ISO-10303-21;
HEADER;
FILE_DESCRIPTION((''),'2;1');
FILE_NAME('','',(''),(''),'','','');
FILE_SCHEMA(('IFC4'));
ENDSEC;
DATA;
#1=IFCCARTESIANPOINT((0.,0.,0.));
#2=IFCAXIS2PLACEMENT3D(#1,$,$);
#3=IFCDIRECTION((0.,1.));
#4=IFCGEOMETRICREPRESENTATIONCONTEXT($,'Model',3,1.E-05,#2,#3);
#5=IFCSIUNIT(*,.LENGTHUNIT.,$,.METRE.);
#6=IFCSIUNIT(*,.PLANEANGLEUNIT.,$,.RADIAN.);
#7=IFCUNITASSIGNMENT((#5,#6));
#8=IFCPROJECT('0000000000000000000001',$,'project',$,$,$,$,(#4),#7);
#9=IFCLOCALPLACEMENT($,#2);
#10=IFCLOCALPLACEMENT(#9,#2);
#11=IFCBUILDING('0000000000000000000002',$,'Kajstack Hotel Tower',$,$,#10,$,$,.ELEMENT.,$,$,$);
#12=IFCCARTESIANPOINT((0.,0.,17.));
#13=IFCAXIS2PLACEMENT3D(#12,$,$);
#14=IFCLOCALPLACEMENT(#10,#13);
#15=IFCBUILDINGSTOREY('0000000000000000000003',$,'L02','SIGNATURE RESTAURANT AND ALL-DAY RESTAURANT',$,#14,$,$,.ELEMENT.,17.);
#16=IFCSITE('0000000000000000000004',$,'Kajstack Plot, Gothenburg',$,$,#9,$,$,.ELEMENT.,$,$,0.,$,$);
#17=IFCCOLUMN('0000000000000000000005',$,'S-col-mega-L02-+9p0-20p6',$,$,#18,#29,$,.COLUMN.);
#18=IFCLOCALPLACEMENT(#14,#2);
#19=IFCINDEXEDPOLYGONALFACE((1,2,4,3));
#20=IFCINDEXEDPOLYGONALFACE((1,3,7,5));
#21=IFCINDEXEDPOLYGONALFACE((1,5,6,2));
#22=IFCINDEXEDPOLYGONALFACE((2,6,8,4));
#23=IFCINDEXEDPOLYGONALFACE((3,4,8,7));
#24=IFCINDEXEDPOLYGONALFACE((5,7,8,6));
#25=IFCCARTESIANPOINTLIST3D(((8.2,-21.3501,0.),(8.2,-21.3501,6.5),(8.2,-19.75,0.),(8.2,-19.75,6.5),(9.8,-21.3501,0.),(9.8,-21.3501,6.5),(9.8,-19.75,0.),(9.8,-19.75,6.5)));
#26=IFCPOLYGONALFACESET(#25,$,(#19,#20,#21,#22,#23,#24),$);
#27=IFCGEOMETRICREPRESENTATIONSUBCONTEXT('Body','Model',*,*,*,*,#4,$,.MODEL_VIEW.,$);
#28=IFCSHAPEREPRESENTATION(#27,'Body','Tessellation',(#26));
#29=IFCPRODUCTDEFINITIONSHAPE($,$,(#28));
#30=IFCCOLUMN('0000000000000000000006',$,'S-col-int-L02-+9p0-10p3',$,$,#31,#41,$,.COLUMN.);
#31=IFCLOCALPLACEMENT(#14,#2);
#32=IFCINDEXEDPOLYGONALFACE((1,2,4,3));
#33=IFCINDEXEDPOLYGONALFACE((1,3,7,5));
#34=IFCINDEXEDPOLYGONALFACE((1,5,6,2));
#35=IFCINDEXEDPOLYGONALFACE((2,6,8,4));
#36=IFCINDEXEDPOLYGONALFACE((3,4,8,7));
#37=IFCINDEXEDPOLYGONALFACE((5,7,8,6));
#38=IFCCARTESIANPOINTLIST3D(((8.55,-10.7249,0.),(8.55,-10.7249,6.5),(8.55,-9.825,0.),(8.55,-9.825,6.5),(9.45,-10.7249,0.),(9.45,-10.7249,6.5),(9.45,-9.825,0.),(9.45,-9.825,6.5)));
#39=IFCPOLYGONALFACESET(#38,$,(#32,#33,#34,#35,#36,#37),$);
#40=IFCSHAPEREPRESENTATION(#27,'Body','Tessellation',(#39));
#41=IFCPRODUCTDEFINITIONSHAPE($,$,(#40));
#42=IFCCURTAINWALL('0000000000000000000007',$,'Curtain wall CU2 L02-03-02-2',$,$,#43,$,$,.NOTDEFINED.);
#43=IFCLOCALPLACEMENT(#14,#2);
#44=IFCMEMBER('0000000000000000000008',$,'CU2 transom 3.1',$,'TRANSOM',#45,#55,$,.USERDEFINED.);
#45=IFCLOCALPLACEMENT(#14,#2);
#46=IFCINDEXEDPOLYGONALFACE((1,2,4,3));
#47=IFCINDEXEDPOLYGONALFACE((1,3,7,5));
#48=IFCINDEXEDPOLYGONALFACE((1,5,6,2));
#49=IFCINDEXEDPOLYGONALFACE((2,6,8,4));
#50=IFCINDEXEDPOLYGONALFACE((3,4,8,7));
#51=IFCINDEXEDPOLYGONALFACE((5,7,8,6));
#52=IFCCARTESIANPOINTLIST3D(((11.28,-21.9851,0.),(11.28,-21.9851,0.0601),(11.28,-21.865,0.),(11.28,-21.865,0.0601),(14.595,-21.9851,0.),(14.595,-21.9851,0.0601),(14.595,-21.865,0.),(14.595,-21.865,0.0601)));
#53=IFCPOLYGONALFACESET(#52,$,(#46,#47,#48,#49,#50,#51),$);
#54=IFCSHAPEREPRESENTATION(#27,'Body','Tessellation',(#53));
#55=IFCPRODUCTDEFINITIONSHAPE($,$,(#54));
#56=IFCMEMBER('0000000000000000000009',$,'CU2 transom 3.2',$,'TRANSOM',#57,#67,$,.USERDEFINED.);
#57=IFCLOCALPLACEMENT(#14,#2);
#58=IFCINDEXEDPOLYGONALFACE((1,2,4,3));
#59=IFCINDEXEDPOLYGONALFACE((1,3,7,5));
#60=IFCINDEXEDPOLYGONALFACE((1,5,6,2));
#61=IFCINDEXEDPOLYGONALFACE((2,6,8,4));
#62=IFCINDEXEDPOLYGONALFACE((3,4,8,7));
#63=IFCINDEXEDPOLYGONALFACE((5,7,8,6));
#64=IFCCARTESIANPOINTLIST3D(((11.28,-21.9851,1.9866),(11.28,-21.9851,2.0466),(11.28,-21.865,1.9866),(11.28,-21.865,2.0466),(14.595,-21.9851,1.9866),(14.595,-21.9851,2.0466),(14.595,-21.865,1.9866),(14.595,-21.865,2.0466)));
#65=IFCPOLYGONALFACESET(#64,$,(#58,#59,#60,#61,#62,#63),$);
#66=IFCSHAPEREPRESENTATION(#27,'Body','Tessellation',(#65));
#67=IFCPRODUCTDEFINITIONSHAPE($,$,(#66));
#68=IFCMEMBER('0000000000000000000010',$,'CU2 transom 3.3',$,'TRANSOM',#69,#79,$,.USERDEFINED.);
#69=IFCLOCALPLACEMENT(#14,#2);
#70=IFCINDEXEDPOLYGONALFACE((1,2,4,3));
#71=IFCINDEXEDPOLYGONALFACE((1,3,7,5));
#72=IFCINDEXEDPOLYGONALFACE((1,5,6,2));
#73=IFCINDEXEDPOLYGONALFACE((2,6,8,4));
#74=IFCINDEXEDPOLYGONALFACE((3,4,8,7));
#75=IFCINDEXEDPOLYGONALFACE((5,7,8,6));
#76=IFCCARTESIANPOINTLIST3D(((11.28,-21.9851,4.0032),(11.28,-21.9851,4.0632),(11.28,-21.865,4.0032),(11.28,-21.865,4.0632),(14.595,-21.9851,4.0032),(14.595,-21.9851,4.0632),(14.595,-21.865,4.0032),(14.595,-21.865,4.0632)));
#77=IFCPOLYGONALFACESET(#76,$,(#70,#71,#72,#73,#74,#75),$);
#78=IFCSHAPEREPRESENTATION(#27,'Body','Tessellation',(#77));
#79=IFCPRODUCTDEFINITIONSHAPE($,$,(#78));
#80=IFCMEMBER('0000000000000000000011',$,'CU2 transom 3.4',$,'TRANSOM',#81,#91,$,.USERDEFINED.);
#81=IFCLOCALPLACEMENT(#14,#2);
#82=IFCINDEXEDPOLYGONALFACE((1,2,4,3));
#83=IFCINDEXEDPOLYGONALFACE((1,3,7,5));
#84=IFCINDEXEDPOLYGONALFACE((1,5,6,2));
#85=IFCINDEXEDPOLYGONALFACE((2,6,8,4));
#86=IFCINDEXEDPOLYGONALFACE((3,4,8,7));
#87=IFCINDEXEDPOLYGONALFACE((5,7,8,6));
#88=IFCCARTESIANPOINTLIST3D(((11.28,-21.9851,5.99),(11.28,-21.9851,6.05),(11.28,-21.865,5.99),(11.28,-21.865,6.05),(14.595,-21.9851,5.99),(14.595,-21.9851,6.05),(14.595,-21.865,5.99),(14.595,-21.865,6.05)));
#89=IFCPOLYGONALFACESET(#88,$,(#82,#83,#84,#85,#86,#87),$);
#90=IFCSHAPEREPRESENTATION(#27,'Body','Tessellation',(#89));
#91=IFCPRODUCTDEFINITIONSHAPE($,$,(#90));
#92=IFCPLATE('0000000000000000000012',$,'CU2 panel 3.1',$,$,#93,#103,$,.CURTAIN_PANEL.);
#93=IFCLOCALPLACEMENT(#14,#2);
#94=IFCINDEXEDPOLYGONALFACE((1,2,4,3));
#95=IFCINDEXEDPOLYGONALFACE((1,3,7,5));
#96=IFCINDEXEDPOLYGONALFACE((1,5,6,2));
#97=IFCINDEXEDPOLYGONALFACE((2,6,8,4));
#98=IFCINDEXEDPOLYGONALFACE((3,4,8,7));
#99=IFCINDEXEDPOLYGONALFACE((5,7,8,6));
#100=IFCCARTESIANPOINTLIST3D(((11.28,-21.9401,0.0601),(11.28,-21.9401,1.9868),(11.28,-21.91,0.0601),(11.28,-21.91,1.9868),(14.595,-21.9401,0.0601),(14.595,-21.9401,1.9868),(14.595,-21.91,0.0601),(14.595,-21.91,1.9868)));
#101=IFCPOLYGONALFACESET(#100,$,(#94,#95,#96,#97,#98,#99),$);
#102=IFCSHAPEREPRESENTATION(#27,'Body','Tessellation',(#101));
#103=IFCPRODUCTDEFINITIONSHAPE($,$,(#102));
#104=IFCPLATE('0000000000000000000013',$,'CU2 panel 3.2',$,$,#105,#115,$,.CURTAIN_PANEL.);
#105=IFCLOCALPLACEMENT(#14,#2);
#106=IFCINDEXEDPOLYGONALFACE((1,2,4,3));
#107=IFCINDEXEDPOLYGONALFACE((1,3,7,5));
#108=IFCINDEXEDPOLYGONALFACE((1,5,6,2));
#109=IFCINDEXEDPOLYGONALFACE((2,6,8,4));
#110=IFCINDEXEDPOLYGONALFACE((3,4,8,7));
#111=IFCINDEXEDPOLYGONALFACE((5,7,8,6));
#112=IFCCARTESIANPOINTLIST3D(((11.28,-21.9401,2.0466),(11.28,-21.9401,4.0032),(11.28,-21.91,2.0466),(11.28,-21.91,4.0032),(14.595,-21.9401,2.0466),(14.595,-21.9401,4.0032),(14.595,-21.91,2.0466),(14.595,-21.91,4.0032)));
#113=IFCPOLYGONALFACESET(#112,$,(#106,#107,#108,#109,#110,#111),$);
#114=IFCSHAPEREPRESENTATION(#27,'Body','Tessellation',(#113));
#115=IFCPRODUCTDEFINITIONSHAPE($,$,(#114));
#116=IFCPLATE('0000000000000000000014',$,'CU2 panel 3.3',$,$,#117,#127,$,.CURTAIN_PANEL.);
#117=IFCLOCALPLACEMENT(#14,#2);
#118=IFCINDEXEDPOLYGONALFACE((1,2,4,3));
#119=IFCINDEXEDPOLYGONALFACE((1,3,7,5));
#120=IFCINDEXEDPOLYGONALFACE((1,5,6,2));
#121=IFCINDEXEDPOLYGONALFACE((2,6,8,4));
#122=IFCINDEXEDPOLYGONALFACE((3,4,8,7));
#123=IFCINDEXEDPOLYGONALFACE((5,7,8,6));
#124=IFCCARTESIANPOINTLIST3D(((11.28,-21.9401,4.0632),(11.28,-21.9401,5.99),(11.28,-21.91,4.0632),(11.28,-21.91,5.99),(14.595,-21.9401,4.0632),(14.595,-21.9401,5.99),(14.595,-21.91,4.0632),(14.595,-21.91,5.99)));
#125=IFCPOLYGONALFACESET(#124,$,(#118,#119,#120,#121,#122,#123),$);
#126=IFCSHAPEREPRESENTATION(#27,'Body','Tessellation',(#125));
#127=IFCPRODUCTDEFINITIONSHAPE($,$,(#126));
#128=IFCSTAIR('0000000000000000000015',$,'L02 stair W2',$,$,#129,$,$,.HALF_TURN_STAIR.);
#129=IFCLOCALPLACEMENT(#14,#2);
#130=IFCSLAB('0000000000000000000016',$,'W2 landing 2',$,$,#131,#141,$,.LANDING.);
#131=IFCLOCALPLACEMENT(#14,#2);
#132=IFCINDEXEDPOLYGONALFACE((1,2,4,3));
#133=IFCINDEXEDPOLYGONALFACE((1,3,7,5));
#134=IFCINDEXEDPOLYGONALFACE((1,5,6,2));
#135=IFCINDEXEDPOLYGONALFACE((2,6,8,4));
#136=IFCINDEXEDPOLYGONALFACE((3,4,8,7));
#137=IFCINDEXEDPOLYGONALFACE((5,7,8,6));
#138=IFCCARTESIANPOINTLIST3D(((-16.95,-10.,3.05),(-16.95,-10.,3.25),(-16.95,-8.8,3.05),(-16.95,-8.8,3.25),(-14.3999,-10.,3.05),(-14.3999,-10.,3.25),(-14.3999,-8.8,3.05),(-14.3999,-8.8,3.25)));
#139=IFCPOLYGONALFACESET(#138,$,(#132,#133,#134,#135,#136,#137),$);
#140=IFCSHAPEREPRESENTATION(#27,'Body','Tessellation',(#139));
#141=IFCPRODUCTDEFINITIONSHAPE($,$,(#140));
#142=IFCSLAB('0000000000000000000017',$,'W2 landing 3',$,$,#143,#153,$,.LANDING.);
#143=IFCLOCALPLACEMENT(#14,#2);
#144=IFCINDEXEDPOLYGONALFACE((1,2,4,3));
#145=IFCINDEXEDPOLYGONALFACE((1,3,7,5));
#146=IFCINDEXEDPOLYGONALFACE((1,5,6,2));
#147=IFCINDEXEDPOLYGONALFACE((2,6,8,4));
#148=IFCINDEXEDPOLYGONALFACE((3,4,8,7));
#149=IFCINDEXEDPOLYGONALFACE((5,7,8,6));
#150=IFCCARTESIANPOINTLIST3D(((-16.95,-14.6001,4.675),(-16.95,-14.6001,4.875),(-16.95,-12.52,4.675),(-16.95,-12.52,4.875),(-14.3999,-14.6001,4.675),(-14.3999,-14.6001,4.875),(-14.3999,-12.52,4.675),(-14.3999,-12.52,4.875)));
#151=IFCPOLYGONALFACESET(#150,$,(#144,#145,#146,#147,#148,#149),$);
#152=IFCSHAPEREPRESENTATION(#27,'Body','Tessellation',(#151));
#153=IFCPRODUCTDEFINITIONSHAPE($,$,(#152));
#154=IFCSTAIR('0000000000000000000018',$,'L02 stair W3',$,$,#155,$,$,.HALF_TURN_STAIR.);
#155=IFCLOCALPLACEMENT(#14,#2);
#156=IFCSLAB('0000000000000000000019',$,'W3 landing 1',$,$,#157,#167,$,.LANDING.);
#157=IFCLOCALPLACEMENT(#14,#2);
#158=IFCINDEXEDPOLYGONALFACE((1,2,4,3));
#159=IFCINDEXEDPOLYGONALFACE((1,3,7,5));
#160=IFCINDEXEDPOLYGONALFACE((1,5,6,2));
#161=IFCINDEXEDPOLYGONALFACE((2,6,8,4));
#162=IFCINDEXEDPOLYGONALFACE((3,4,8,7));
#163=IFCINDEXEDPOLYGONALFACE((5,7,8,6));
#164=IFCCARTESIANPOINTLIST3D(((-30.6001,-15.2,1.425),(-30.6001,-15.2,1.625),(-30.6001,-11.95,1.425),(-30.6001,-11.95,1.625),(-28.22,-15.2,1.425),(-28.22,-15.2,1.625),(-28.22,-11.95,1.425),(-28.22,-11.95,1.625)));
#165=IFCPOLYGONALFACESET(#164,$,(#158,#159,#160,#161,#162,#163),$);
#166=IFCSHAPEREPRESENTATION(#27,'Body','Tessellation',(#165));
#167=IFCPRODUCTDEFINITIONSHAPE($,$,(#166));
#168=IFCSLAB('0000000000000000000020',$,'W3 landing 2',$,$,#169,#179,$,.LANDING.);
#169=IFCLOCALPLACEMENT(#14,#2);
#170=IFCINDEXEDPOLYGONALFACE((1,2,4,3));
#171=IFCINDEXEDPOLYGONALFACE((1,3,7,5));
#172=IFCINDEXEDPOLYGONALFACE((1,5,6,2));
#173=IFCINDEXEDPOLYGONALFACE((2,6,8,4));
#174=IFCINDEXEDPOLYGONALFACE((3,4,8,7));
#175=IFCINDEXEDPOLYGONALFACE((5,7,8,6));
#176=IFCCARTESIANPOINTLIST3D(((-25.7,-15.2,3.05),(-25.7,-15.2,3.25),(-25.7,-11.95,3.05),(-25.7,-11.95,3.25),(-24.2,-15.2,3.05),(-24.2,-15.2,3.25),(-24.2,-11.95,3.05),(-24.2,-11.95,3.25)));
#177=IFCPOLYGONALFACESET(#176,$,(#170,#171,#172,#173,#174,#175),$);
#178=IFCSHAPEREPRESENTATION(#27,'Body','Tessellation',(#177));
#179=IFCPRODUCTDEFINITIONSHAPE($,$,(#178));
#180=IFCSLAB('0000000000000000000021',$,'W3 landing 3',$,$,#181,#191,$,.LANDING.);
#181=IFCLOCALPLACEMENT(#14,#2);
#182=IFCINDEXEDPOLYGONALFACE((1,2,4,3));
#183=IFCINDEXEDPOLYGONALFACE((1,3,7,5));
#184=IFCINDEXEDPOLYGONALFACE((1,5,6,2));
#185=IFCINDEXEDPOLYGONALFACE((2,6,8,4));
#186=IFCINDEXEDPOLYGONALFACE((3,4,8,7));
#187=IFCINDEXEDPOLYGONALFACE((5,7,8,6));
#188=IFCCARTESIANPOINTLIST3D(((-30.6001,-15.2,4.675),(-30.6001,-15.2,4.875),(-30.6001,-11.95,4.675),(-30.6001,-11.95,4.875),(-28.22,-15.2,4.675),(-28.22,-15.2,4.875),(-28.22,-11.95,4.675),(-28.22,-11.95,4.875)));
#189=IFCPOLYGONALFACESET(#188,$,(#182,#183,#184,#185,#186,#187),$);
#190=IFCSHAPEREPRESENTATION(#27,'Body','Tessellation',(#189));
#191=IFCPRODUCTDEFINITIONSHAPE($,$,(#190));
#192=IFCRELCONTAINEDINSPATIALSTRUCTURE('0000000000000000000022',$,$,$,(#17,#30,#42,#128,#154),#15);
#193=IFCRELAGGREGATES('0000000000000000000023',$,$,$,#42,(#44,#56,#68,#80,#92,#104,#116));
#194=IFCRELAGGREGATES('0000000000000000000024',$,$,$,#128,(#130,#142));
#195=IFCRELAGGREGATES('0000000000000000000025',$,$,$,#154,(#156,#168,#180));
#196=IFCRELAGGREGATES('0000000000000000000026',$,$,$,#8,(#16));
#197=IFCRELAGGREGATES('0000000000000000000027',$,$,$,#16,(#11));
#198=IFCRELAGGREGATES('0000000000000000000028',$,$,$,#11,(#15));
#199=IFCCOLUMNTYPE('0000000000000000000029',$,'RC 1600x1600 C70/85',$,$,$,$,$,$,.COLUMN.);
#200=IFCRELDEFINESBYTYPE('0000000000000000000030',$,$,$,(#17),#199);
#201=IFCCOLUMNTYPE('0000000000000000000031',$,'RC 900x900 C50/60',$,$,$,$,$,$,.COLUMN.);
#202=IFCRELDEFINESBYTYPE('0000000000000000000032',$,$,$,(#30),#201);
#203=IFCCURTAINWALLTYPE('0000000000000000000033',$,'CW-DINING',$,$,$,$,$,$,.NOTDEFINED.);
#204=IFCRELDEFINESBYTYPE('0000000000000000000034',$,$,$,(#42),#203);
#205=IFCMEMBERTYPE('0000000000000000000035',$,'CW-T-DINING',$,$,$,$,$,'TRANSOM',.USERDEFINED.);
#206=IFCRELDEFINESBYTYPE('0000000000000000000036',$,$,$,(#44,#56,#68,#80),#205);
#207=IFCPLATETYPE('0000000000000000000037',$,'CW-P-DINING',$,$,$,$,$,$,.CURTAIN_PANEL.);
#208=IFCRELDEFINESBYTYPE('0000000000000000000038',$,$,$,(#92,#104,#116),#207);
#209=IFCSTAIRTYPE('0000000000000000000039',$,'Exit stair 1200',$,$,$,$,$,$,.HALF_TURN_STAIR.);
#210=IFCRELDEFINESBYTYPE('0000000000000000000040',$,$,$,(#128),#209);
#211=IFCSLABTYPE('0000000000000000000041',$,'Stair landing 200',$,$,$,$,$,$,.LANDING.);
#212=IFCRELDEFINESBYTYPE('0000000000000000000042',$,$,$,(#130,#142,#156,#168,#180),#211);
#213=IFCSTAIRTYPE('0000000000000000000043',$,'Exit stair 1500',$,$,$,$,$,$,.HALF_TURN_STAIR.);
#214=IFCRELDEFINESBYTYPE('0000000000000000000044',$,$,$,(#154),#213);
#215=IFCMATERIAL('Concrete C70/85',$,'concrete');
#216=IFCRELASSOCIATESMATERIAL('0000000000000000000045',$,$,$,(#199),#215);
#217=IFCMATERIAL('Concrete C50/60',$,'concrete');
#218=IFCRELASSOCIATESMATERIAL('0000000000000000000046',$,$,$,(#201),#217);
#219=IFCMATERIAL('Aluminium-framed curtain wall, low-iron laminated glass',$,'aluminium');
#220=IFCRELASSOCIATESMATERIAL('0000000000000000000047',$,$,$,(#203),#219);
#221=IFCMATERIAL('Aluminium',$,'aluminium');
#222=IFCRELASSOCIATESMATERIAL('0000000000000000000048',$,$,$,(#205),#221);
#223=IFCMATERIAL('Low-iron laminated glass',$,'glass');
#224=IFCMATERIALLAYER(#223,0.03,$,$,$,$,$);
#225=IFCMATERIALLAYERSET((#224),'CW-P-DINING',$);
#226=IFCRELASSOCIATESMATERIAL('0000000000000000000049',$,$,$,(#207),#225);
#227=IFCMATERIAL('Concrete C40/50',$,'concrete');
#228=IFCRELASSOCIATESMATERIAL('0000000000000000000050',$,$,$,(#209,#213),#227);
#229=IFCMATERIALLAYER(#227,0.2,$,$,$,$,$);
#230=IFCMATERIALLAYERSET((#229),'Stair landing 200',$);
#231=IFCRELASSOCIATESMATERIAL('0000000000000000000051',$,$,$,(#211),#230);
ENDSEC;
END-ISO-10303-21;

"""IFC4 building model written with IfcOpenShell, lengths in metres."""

from ifc_helpers import new_model, si_unit, direction, frame, origin, origin_2d, place, context, subcontext, project, spatial, polyline, rectangle, outline, extrude, material, layer, layer_set, material_profile, profile_set, type_object, element, aggregate, save


model = new_model("IFC4")

# Units and contexts
model_context = context("Model", 3, precision=1e-05, world=origin(), true_north=direction((0.0, 1.0)))
body_context = subcontext(model_context, "Body", "Model", "MODEL_VIEW")
ifc_project = project(units=[si_unit("LENGTHUNIT", "METRE"), si_unit("PLANEANGLEUNIT", "RADIAN")], contexts=[model_context])

# Site, building, storey
site_placement = place(None, origin())
site = spatial("IfcSite", under=ifc_project, at=site_placement, Name="Kajstack Plot, Gothenburg", CompositionType="ELEMENT", RefElevation=0.0)
building_placement = place(site_placement, origin())
building = spatial("IfcBuilding", under=site, at=building_placement, Name="Kajstack Hotel Tower", CompositionType="ELEMENT")
storey_placement = place(building_placement, frame((0.0, 0.0, 17.0)))
storey = spatial("IfcBuildingStorey", under=building, at=storey_placement, Name="L02", Description="SIGNATURE RESTAURANT AND ALL-DAY RESTAURANT", CompositionType="ELEMENT", Elevation=17.0)

# Columns
ifc_material_1 = material(Name="Concrete C70/85", Category="concrete")
ifc_material_profile_1 = material_profile(ifc_material_1, rectangle(XDim=1.6001, YDim=1.6001, at=origin_2d()), Name="RC 1600x1600")
ifc_profile_set_1 = profile_set([ifc_material_profile_1], Name="Concrete C70/85")
column_type_1 = type_object("IfcColumnType", Name="RC 1600x1600 C70/85", PredefinedType="COLUMN", material=ifc_profile_set_1)
column_1_placement = place(storey_placement, frame((9.0, -20.55, 0.0), z_axis=(0.0, 0.0, 1.0), x_axis=(1.0, 0.0, 0.0)))
element("IfcColumn", 1, at=column_1_placement, inside=storey, type_object=column_type_1, Name="S-col-mega-L02-+9p0-20p6", PredefinedType="COLUMN", context=body_context, shape_type="SweptSolid", body=[
    extrude(rectangle(XDim=1.6001, YDim=1.6001, at=origin_2d()), origin(), (0.0, 0.0, 1.0), 6.5),
])
ifc_material_2 = material(Name="Concrete C50/60", Category="concrete")
ifc_material_profile_2 = material_profile(ifc_material_2, rectangle(XDim=0.8999, YDim=0.8999, at=origin_2d()), Name="RC 900x900")
ifc_profile_set_2 = profile_set([ifc_material_profile_2], Name="Concrete C50/60")
column_type_2 = type_object("IfcColumnType", Name="RC 900x900 C50/60", PredefinedType="COLUMN", material=ifc_profile_set_2)
column_2_placement = place(storey_placement, frame((9.0, -10.2749, 0.0), z_axis=(0.0, 0.0, 1.0), x_axis=(1.0, 0.0, 0.0)))
element("IfcColumn", 2, at=column_2_placement, inside=storey, type_object=column_type_2, Name="S-col-int-L02-+9p0-10p3", PredefinedType="COLUMN", context=body_context, shape_type="SweptSolid", body=[
    extrude(rectangle(XDim=0.8999, YDim=0.8999, at=origin_2d()), origin(), (0.0, 0.0, 1.0), 6.5),
])

# Curtain wall, members, plates
ifc_material_3 = material(Name="Aluminium-framed curtain wall, low-iron laminated glass", Category="aluminium")
curtain_wall_type = type_object("IfcCurtainWallType", Name="CW-DINING", PredefinedType="NOTDEFINED", material=ifc_material_3)
curtain_wall_placement = place(storey_placement, origin())
curtain_wall = element("IfcCurtainWall", 3, at=curtain_wall_placement, inside=storey, type_object=curtain_wall_type, Name="Curtain wall CU2 L02-03-02-2", PredefinedType="NOTDEFINED")
ifc_material_4 = material(Name="Aluminium", Category="aluminium")
ifc_material_profile_3 = material_profile(ifc_material_4, rectangle(XDim=0.1201, YDim=0.0601, at=origin_2d()), Name="Aluminium transom 120 x 60")
ifc_profile_set_3 = profile_set([ifc_material_profile_3], Name="Aluminium")
member_type = type_object("IfcMemberType", Name="CW-T-DINING", ElementType="TRANSOM", PredefinedType="USERDEFINED", material=ifc_profile_set_3)
member_1_placement = place(storey_placement, frame((11.28, -21.925, 0.03), z_axis=(1.0, 0.0, 0.0), x_axis=(0.0, 1.0, 0.0)))
member_1 = element("IfcMember", 4, at=member_1_placement, type_object=member_type, Name="CU2 transom 3.1", ObjectType="TRANSOM", PredefinedType="USERDEFINED", context=body_context, shape_type="SweptSolid", body=[
    extrude(rectangle(XDim=0.1201, YDim=0.0601, at=origin_2d()), origin(), (0.0, 0.0, 1.0), 3.3149),
])
member_2_placement = place(storey_placement, frame((11.28, -21.925, 2.0166), z_axis=(1.0, 0.0, 0.0), x_axis=(0.0, 1.0, 0.0)))
member_2 = element("IfcMember", 5, at=member_2_placement, type_object=member_type, Name="CU2 transom 3.2", ObjectType="TRANSOM", PredefinedType="USERDEFINED", context=body_context, shape_type="SweptSolid", body=[
    extrude(rectangle(XDim=0.1201, YDim=0.0601, at=origin_2d()), origin(), (0.0, 0.0, 1.0), 3.3149),
])
member_3_placement = place(storey_placement, frame((11.28, -21.925, 4.0332), z_axis=(1.0, 0.0, 0.0), x_axis=(0.0, 1.0, 0.0)))
member_3 = element("IfcMember", 6, at=member_3_placement, type_object=member_type, Name="CU2 transom 3.3", ObjectType="TRANSOM", PredefinedType="USERDEFINED", context=body_context, shape_type="SweptSolid", body=[
    extrude(rectangle(XDim=0.1201, YDim=0.0601, at=origin_2d()), origin(), (0.0, 0.0, 1.0), 3.3149),
])
member_4_placement = place(storey_placement, frame((11.28, -21.925, 6.02), z_axis=(1.0, 0.0, 0.0), x_axis=(0.0, 1.0, 0.0)))
member_4 = element("IfcMember", 7, at=member_4_placement, type_object=member_type, Name="CU2 transom 3.4", ObjectType="TRANSOM", PredefinedType="USERDEFINED", context=body_context, shape_type="SweptSolid", body=[
    extrude(rectangle(XDim=0.1201, YDim=0.0601, at=origin_2d()), origin(), (0.0, 0.0, 1.0), 3.3149),
])
ifc_material_5 = material(Name="Low-iron laminated glass", Category="glass")
ifc_layer_1 = layer(ifc_material_5, 0.03)
ifc_layer_set_1 = layer_set([ifc_layer_1], Name="CW-P-DINING")
plate_type = type_object("IfcPlateType", Name="CW-P-DINING", PredefinedType="CURTAIN_PANEL", material=ifc_layer_set_1)
plate_1_placement = place(storey_placement, frame((12.9375, -21.925, 0.0601), z_axis=(0.0, 0.0, 1.0), x_axis=(1.0, 0.0, 0.0)))
plate_1 = element("IfcPlate", 8, at=plate_1_placement, type_object=plate_type, Name="CU2 panel 3.1", PredefinedType="CURTAIN_PANEL", context=body_context, shape_type="SweptSolid", body=[
    extrude(rectangle(XDim=3.3149, YDim=0.03, at=origin_2d()), origin(), (0.0, 0.0, 1.0), 1.9268),
])
plate_2_placement = place(storey_placement, frame((12.9375, -21.925, 2.0466), z_axis=(0.0, 0.0, 1.0), x_axis=(1.0, 0.0, 0.0)))
plate_2 = element("IfcPlate", 9, at=plate_2_placement, type_object=plate_type, Name="CU2 panel 3.2", PredefinedType="CURTAIN_PANEL", context=body_context, shape_type="SweptSolid", body=[
    extrude(rectangle(XDim=3.3149, YDim=0.03, at=origin_2d()), origin(), (0.0, 0.0, 1.0), 1.9565),
])
plate_3_placement = place(storey_placement, frame((12.9375, -21.925, 4.0632), z_axis=(0.0, 0.0, 1.0), x_axis=(1.0, 0.0, 0.0)))
plate_3 = element("IfcPlate", 10, at=plate_3_placement, type_object=plate_type, Name="CU2 panel 3.3", PredefinedType="CURTAIN_PANEL", context=body_context, shape_type="SweptSolid", body=[
    extrude(rectangle(XDim=3.3149, YDim=0.03, at=origin_2d()), origin(), (0.0, 0.0, 1.0), 1.9268),
])
aggregate(curtain_wall, [member_1, member_2, member_3, member_4, plate_1, plate_2, plate_3])

# Stairs, slabs
ifc_material_6 = material(Name="Concrete C40/50", Category="concrete")
stair_type_1 = type_object("IfcStairType", Name="Exit stair 1200", PredefinedType="HALF_TURN_STAIR", material=ifc_material_6)
stair_1_placement = place(storey_placement, origin())
stair_1 = element("IfcStair", 11, at=stair_1_placement, inside=storey, type_object=stair_type_1, Name="L02 stair W2", PredefinedType="HALF_TURN_STAIR")
ifc_layer_2 = layer(ifc_material_6, 0.2)
ifc_layer_set_2 = layer_set([ifc_layer_2], Name="Stair landing 200")
slab_type = type_object("IfcSlabType", Name="Stair landing 200", PredefinedType="LANDING", material=ifc_layer_set_2)
slab_1_placement = place(storey_placement, frame((0.0, 0.0, 3.05)))
slab_1 = element("IfcSlab", 12, at=slab_1_placement, type_object=slab_type, Name="W2 landing 2", PredefinedType="LANDING", context=body_context, shape_type="SweptSolid", body=[
    extrude(outline(polyline([(-16.95, -8.8), (-16.95, -10.0), (-14.3999, -10.0), (-14.3999, -8.8), (-16.95, -8.8)])), origin(), (0.0, 0.0, 1.0), 0.2),
])
slab_2_placement = place(storey_placement, frame((0.0, 0.0, 4.675)))
slab_2 = element("IfcSlab", 13, at=slab_2_placement, type_object=slab_type, Name="W2 landing 3", PredefinedType="LANDING", context=body_context, shape_type="SweptSolid", body=[
    extrude(outline(polyline([(-16.95, -12.52), (-16.95, -14.6001), (-14.3999, -14.6001), (-14.3999, -12.52), (-16.95, -12.52)])), origin(), (0.0, 0.0, 1.0), 0.2),
])
aggregate(stair_1, [slab_1, slab_2])
stair_type_2 = type_object("IfcStairType", Name="Exit stair 1500", PredefinedType="HALF_TURN_STAIR", material=ifc_material_6)
stair_2_placement = place(storey_placement, origin())
stair_2 = element("IfcStair", 14, at=stair_2_placement, inside=storey, type_object=stair_type_2, Name="L02 stair W3", PredefinedType="HALF_TURN_STAIR")
slab_3_placement = place(storey_placement, frame((0.0, 0.0, 1.425)))
slab_3 = element("IfcSlab", 15, at=slab_3_placement, type_object=slab_type, Name="W3 landing 1", PredefinedType="LANDING", context=body_context, shape_type="SweptSolid", body=[
    extrude(outline(polyline([(-28.22, -11.95), (-30.6001, -11.95), (-30.6001, -15.2), (-28.22, -15.2), (-28.22, -11.95)])), origin(), (0.0, 0.0, 1.0), 0.2),
])
slab_4_placement = place(storey_placement, frame((0.0, 0.0, 3.05)))
slab_4 = element("IfcSlab", 16, at=slab_4_placement, type_object=slab_type, Name="W3 landing 2", PredefinedType="LANDING", context=body_context, shape_type="SweptSolid", body=[
    extrude(outline(polyline([(-24.2, -11.95), (-25.7, -11.95), (-25.7, -15.2), (-24.2, -15.2), (-24.2, -11.95)])), origin(), (0.0, 0.0, 1.0), 0.2),
])
slab_5_placement = place(storey_placement, frame((0.0, 0.0, 4.675)))
slab_5 = element("IfcSlab", 17, at=slab_5_placement, type_object=slab_type, Name="W3 landing 3", PredefinedType="LANDING", context=body_context, shape_type="SweptSolid", body=[
    extrude(outline(polyline([(-28.22, -11.95), (-30.6001, -11.95), (-30.6001, -15.2), (-28.22, -15.2), (-28.22, -11.95)])), origin(), (0.0, 0.0, 1.0), 0.2),
])
aggregate(stair_2, [slab_3, slab_4, slab_5])

save(model, "model.ifc")
